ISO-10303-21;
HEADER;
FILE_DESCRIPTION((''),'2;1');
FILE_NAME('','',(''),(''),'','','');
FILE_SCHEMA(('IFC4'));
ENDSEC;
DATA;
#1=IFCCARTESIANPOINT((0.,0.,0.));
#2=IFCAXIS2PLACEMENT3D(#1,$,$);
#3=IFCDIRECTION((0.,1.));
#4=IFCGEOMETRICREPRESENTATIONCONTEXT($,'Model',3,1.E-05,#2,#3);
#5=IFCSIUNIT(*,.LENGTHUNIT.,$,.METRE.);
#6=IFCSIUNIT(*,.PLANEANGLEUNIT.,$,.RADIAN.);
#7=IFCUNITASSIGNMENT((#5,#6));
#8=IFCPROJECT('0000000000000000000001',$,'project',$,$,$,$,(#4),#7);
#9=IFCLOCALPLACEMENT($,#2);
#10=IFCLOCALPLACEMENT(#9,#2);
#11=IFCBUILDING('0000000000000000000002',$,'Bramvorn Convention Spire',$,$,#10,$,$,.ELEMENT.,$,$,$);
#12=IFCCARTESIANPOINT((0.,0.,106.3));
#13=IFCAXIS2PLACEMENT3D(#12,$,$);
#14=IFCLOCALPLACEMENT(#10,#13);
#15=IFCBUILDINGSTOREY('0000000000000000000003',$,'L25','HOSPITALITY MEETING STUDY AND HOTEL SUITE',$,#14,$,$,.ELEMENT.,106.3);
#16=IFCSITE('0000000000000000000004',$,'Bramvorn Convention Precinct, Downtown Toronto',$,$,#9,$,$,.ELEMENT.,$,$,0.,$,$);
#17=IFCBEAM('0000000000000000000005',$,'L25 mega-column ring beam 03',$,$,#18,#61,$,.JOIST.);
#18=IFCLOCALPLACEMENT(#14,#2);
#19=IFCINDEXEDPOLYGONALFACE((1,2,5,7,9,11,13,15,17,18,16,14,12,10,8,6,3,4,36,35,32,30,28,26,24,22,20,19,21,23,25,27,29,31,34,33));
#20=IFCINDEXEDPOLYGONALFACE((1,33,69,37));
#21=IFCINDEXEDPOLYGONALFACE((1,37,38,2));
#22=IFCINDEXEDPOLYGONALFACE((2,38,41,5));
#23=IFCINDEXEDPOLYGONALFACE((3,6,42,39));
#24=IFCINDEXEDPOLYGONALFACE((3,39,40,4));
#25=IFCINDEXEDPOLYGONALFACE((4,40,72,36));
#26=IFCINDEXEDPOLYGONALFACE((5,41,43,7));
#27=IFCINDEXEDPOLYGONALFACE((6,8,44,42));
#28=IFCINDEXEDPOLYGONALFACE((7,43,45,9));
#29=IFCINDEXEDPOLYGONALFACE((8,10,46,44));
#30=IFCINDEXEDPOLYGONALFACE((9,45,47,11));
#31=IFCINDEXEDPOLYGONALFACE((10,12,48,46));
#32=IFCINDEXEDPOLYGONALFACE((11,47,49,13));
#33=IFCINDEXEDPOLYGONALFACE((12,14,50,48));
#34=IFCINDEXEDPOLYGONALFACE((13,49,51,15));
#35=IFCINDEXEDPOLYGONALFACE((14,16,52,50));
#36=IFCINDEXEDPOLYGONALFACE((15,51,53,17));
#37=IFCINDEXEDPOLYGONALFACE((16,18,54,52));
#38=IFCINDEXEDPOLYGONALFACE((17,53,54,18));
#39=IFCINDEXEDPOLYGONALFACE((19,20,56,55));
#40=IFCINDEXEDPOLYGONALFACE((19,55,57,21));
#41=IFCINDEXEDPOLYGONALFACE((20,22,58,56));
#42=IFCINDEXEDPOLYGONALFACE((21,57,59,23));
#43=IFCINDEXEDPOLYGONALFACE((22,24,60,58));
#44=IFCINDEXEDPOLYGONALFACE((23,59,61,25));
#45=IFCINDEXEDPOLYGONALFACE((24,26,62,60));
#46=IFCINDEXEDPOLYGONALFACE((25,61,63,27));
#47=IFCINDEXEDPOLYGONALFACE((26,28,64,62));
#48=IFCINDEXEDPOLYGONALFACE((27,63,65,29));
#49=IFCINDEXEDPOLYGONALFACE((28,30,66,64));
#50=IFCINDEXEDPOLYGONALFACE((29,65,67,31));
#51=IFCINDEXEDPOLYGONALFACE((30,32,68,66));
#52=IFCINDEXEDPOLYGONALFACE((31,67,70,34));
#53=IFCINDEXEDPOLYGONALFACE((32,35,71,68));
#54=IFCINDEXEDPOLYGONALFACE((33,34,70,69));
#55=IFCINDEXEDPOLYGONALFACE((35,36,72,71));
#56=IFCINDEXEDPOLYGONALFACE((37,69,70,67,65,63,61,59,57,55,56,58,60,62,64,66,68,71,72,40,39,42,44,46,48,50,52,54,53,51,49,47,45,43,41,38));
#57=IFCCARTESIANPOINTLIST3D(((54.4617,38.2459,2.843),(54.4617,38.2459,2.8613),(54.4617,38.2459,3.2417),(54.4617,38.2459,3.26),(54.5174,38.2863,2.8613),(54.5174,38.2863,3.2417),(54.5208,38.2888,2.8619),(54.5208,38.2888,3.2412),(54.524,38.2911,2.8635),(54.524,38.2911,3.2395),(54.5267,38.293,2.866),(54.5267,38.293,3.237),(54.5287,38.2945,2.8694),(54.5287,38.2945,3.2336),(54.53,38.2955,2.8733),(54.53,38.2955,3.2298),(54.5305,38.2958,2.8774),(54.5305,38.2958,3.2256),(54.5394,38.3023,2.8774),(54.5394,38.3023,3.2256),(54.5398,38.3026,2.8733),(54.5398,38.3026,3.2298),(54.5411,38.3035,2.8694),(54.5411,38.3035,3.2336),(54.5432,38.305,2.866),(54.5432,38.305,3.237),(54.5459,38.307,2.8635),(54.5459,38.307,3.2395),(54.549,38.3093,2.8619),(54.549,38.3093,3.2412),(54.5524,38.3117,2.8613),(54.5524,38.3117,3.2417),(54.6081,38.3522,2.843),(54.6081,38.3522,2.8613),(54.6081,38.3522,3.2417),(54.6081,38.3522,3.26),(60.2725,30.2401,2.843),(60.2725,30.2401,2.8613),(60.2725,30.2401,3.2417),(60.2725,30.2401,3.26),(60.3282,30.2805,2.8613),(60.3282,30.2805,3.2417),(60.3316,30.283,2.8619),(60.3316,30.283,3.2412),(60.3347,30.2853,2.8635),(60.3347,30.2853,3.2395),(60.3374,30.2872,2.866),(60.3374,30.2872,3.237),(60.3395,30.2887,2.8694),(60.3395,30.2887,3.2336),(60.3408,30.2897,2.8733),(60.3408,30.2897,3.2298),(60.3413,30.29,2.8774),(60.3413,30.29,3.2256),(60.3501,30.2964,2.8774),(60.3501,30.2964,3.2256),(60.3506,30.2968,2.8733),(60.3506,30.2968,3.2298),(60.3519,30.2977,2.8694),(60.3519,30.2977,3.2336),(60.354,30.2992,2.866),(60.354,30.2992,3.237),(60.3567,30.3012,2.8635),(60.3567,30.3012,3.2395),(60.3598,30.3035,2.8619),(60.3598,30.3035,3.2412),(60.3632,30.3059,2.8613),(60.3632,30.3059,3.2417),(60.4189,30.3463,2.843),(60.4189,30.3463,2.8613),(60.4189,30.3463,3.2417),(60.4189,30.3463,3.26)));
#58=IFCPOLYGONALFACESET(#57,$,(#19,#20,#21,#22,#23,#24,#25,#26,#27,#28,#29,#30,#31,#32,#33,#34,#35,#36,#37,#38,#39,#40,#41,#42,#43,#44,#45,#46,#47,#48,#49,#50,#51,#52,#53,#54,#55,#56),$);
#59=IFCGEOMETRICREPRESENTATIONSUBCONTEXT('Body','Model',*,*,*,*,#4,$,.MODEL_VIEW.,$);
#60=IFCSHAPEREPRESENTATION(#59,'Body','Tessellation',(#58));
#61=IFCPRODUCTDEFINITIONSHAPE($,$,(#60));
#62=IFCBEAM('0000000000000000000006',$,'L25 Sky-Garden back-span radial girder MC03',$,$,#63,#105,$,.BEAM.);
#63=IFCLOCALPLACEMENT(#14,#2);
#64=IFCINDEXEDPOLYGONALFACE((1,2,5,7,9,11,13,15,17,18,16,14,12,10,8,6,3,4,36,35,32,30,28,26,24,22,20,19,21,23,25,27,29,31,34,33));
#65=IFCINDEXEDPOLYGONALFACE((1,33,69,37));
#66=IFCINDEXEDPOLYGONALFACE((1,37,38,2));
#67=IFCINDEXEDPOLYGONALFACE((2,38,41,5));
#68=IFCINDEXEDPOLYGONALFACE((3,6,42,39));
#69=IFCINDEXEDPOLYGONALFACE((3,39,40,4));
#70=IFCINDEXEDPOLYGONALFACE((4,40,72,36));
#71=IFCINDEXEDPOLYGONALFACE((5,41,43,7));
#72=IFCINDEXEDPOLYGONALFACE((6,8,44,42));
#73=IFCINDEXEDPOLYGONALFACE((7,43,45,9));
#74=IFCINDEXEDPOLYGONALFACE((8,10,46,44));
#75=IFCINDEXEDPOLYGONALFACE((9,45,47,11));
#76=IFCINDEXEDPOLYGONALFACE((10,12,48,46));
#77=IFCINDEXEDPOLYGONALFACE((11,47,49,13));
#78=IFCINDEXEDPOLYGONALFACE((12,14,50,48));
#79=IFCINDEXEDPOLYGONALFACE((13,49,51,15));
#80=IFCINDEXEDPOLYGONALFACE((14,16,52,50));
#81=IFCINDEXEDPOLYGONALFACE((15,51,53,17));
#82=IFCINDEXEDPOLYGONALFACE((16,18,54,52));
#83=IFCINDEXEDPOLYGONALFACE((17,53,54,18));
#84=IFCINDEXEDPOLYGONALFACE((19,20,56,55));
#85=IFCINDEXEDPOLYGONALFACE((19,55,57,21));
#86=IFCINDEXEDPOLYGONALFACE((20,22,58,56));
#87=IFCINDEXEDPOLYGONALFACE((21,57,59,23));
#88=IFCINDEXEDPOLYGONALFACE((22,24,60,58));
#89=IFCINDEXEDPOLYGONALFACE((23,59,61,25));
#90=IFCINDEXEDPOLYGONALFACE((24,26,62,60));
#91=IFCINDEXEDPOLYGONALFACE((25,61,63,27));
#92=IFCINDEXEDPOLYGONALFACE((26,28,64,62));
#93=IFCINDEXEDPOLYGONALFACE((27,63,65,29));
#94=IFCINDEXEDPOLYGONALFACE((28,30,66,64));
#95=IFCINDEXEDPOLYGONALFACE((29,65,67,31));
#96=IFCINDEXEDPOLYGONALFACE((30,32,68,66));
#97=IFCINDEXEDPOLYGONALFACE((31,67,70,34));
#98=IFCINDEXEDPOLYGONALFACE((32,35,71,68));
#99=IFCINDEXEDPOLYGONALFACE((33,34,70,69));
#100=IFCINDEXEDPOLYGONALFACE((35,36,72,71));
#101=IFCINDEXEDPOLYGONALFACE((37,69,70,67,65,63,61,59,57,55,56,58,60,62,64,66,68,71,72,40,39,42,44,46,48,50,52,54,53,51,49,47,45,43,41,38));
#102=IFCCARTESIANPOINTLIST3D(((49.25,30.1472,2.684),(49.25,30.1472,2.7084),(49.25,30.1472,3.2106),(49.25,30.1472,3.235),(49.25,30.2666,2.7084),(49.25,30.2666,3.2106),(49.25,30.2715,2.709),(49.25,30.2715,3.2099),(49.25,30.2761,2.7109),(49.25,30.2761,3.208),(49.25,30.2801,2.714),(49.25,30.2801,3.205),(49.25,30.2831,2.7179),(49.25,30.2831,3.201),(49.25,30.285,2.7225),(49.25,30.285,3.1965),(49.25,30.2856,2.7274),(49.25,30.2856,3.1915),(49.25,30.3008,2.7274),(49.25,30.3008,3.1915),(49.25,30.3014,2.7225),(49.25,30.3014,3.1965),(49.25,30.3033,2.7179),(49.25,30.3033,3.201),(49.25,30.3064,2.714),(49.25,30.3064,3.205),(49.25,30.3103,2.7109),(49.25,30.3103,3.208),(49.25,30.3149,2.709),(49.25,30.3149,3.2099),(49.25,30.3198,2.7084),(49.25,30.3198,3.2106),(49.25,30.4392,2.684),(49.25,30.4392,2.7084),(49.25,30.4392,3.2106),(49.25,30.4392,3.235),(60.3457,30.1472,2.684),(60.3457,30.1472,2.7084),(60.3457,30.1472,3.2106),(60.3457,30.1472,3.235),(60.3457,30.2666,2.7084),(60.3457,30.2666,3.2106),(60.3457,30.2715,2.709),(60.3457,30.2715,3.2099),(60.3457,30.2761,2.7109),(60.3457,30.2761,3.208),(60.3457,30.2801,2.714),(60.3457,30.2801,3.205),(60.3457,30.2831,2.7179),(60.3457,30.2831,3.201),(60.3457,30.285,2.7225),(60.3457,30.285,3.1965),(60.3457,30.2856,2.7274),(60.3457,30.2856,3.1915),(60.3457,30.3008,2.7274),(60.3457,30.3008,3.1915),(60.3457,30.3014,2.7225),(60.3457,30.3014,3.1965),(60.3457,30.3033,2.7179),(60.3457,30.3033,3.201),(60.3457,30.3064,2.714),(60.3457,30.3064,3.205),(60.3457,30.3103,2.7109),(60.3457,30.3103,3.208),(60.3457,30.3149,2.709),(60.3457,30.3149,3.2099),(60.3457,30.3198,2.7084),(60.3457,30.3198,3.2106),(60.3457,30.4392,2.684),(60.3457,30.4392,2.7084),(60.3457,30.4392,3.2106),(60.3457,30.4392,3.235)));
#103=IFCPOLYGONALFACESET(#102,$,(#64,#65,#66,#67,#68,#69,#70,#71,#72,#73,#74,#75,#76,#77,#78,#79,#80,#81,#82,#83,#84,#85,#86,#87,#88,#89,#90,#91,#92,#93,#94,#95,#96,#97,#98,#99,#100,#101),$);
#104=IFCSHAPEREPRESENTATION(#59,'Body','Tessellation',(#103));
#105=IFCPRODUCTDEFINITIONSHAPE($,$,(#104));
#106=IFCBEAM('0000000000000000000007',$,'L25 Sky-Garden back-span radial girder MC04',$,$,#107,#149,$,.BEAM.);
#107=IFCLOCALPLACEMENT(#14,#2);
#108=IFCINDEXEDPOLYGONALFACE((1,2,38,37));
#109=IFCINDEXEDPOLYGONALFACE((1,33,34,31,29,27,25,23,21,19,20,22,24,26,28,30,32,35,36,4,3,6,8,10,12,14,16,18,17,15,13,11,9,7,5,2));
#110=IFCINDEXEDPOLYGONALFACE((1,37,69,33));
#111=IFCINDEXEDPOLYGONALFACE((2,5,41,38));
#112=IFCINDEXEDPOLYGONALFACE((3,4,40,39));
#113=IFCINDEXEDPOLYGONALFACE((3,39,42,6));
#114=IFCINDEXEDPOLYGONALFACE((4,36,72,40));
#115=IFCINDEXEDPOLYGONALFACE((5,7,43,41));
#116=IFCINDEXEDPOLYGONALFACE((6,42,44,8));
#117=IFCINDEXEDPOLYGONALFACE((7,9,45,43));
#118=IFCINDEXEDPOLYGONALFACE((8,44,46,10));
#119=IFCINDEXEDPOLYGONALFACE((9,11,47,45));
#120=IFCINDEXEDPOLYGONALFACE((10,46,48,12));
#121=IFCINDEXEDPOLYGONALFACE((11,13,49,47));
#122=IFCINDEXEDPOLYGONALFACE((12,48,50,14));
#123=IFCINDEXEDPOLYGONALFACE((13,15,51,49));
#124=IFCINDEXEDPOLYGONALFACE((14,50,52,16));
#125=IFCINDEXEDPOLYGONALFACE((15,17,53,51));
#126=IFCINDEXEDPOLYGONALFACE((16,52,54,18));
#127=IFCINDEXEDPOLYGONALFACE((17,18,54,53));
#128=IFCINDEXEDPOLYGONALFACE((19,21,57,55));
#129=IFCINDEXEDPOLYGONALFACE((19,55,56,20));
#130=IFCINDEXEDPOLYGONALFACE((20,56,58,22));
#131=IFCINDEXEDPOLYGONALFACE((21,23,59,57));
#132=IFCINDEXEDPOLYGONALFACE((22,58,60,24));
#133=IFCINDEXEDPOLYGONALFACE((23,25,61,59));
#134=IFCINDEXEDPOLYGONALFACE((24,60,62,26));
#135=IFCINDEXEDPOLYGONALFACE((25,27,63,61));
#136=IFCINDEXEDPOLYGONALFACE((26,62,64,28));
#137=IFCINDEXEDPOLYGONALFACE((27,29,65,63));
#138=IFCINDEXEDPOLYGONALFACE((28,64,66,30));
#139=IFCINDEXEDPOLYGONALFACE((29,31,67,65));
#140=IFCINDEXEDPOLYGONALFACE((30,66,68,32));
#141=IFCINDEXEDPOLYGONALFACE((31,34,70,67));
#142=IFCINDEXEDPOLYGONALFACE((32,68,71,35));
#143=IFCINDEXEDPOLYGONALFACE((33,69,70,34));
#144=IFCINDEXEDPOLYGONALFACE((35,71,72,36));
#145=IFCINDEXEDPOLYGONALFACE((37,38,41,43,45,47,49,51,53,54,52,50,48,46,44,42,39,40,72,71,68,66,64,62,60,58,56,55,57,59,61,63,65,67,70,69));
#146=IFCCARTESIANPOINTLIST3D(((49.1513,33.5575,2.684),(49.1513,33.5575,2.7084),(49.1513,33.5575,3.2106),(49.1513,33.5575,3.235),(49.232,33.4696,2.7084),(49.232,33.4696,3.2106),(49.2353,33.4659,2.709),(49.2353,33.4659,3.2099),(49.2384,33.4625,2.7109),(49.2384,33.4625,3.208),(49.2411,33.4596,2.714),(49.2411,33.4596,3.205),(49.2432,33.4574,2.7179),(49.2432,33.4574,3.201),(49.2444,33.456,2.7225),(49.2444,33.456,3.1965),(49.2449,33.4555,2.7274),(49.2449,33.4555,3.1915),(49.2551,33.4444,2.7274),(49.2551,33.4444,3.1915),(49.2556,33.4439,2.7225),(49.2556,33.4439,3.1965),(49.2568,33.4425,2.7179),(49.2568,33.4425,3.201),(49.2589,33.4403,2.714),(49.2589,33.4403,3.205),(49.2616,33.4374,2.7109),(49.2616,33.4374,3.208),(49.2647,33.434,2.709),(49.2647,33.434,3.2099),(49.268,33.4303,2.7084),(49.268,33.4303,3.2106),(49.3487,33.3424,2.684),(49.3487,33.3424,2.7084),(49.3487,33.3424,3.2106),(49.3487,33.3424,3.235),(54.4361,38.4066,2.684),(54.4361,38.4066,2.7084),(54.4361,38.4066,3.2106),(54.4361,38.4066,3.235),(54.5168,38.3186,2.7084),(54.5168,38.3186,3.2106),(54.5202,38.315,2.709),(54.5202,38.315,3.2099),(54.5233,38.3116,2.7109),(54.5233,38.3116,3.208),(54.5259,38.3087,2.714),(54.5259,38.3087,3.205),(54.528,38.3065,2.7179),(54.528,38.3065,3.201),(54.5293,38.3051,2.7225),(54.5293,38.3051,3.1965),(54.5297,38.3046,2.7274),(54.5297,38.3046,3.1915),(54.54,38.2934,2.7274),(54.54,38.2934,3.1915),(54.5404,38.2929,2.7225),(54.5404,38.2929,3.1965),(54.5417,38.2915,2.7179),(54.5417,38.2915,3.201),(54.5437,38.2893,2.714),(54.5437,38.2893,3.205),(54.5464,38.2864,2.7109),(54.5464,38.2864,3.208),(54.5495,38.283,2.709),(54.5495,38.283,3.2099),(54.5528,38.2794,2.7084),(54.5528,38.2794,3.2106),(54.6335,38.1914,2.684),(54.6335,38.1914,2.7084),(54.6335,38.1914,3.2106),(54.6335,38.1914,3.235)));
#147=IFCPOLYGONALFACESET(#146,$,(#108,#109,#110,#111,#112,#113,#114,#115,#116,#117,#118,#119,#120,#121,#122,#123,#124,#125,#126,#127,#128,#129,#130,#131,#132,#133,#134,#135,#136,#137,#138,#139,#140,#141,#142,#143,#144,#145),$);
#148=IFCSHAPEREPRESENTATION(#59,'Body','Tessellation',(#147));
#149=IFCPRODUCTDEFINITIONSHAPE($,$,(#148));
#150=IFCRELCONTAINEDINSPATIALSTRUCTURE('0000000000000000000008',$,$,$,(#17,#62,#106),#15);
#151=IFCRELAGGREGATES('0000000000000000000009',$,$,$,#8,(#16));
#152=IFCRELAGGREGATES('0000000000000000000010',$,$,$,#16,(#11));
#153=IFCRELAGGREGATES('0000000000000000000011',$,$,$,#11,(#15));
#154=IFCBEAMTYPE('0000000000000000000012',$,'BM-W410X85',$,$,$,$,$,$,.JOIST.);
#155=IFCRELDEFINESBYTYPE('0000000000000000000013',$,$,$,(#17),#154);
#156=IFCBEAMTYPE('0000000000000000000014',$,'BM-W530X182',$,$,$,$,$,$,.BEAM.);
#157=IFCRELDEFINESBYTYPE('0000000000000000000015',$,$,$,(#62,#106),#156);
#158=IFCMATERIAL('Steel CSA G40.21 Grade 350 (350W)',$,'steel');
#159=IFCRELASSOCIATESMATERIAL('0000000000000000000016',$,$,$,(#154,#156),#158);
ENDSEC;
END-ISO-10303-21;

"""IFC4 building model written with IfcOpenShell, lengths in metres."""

from ifc_helpers import new_model, si_unit, direction, frame, origin, origin_2d, place, context, subcontext, project, spatial, i_section, extrude, material, material_profile, profile_set, type_object, element, save


model = new_model("IFC4")

# Units and contexts
model_context = context("Model", 3, precision=1e-05, world=origin(), true_north=direction((0.0, 1.0)))
body_context = subcontext(model_context, "Body", "Model", "MODEL_VIEW")
ifc_project = project(units=[si_unit("LENGTHUNIT", "METRE"), si_unit("PLANEANGLEUNIT", "RADIAN")], contexts=[model_context])

# Site, building, storey
site_placement = place(None, origin())
site = spatial("IfcSite", under=ifc_project, at=site_placement, Name="Bramvorn Convention Precinct, Downtown Toronto", CompositionType="ELEMENT", RefElevation=0.0)
building_placement = place(site_placement, origin())
building = spatial("IfcBuilding", under=site, at=building_placement, Name="Bramvorn Convention Spire", CompositionType="ELEMENT")
storey_placement = place(building_placement, frame((0.0, 0.0, 106.3)))
storey = spatial("IfcBuildingStorey", under=building, at=storey_placement, Name="L25", Description="HOSPITALITY MEETING STUDY AND HOTEL SUITE", CompositionType="ELEMENT", Elevation=106.3)

# Shared definitions
ifc_material_1 = material(Name="Steel CSA G40.21 Grade 350 (350W)", Category="steel")

# Beams
ifc_material_profile_1 = material_profile(ifc_material_1, i_section(OverallWidth=0.1809, OverallDepth=0.417, WebThickness=0.011, FlangeThickness=0.0183, FilletRadius=0.0161, at=origin_2d()))
ifc_profile_set_1 = profile_set([ifc_material_profile_1], Name="Steel CSA G40.21 Grade 350 (350W) - W410X85")
beam_type_1 = type_object("IfcBeamType", Name="BM-W410X85", PredefinedType="JOIST", material=ifc_profile_set_1)
beam_1_placement = place(storey_placement, frame((60.3457, 30.2932, 3.0515), z_axis=(-0.587401, 0.809296, 0.0), x_axis=(-0.809296, -0.587401, 0.0)))
element("IfcBeam", 1, at=beam_1_placement, inside=storey, type_object=beam_type_1, Name="L25 mega-column ring beam 03", PredefinedType="JOIST", context=body_context, shape_type="SweptSolid", body=[
    extrude(i_section(OverallWidth=0.1809, OverallDepth=0.417, WebThickness=0.011, FlangeThickness=0.0183, FilletRadius=0.0161, at=origin_2d()), origin(), (0.0, 0.0, 1.0), 9.8923),
])
ifc_material_profile_2 = material_profile(ifc_material_1, i_section(OverallWidth=0.292, OverallDepth=0.551, WebThickness=0.0151, FlangeThickness=0.0244, FilletRadius=0.019, at=origin_2d()))
ifc_profile_set_2 = profile_set([ifc_material_profile_2], Name="Steel CSA G40.21 Grade 350 (350W) - W530X182")
beam_type_2 = type_object("IfcBeamType", Name="BM-W530X182", PredefinedType="BEAM", material=ifc_profile_set_2)
beam_2_placement = place(storey_placement, frame((49.25, 30.2932, 2.9595), z_axis=(1.0, 0.0, 0.0), x_axis=(0.0, 1.0, 0.0)))
element("IfcBeam", 2, at=beam_2_placement, inside=storey, type_object=beam_type_2, Name="L25 Sky-Garden back-span radial girder MC03", PredefinedType="BEAM", context=body_context, shape_type="SweptSolid", body=[
    extrude(i_section(OverallWidth=0.292, OverallDepth=0.551, WebThickness=0.0151, FlangeThickness=0.0244, FilletRadius=0.019, at=origin_2d()), origin(), (0.0, 0.0, 1.0), 11.0957),
])
beam_3_placement = place(storey_placement, frame((49.25, 33.45, 2.9595), z_axis=(0.736833, 0.676074, 0.0), x_axis=(-0.676074, 0.736833, 0.0)))
element("IfcBeam", 3, at=beam_3_placement, inside=storey, type_object=beam_type_2, Name="L25 Sky-Garden back-span radial girder MC04", PredefinedType="BEAM", context=body_context, shape_type="SweptSolid", body=[
    extrude(i_section(OverallWidth=0.292, OverallDepth=0.551, WebThickness=0.0151, FlangeThickness=0.0244, FilletRadius=0.019, at=origin_2d()), origin(), (0.0, 0.0, 1.0), 7.1724),
])

save(model, "model.ifc")
